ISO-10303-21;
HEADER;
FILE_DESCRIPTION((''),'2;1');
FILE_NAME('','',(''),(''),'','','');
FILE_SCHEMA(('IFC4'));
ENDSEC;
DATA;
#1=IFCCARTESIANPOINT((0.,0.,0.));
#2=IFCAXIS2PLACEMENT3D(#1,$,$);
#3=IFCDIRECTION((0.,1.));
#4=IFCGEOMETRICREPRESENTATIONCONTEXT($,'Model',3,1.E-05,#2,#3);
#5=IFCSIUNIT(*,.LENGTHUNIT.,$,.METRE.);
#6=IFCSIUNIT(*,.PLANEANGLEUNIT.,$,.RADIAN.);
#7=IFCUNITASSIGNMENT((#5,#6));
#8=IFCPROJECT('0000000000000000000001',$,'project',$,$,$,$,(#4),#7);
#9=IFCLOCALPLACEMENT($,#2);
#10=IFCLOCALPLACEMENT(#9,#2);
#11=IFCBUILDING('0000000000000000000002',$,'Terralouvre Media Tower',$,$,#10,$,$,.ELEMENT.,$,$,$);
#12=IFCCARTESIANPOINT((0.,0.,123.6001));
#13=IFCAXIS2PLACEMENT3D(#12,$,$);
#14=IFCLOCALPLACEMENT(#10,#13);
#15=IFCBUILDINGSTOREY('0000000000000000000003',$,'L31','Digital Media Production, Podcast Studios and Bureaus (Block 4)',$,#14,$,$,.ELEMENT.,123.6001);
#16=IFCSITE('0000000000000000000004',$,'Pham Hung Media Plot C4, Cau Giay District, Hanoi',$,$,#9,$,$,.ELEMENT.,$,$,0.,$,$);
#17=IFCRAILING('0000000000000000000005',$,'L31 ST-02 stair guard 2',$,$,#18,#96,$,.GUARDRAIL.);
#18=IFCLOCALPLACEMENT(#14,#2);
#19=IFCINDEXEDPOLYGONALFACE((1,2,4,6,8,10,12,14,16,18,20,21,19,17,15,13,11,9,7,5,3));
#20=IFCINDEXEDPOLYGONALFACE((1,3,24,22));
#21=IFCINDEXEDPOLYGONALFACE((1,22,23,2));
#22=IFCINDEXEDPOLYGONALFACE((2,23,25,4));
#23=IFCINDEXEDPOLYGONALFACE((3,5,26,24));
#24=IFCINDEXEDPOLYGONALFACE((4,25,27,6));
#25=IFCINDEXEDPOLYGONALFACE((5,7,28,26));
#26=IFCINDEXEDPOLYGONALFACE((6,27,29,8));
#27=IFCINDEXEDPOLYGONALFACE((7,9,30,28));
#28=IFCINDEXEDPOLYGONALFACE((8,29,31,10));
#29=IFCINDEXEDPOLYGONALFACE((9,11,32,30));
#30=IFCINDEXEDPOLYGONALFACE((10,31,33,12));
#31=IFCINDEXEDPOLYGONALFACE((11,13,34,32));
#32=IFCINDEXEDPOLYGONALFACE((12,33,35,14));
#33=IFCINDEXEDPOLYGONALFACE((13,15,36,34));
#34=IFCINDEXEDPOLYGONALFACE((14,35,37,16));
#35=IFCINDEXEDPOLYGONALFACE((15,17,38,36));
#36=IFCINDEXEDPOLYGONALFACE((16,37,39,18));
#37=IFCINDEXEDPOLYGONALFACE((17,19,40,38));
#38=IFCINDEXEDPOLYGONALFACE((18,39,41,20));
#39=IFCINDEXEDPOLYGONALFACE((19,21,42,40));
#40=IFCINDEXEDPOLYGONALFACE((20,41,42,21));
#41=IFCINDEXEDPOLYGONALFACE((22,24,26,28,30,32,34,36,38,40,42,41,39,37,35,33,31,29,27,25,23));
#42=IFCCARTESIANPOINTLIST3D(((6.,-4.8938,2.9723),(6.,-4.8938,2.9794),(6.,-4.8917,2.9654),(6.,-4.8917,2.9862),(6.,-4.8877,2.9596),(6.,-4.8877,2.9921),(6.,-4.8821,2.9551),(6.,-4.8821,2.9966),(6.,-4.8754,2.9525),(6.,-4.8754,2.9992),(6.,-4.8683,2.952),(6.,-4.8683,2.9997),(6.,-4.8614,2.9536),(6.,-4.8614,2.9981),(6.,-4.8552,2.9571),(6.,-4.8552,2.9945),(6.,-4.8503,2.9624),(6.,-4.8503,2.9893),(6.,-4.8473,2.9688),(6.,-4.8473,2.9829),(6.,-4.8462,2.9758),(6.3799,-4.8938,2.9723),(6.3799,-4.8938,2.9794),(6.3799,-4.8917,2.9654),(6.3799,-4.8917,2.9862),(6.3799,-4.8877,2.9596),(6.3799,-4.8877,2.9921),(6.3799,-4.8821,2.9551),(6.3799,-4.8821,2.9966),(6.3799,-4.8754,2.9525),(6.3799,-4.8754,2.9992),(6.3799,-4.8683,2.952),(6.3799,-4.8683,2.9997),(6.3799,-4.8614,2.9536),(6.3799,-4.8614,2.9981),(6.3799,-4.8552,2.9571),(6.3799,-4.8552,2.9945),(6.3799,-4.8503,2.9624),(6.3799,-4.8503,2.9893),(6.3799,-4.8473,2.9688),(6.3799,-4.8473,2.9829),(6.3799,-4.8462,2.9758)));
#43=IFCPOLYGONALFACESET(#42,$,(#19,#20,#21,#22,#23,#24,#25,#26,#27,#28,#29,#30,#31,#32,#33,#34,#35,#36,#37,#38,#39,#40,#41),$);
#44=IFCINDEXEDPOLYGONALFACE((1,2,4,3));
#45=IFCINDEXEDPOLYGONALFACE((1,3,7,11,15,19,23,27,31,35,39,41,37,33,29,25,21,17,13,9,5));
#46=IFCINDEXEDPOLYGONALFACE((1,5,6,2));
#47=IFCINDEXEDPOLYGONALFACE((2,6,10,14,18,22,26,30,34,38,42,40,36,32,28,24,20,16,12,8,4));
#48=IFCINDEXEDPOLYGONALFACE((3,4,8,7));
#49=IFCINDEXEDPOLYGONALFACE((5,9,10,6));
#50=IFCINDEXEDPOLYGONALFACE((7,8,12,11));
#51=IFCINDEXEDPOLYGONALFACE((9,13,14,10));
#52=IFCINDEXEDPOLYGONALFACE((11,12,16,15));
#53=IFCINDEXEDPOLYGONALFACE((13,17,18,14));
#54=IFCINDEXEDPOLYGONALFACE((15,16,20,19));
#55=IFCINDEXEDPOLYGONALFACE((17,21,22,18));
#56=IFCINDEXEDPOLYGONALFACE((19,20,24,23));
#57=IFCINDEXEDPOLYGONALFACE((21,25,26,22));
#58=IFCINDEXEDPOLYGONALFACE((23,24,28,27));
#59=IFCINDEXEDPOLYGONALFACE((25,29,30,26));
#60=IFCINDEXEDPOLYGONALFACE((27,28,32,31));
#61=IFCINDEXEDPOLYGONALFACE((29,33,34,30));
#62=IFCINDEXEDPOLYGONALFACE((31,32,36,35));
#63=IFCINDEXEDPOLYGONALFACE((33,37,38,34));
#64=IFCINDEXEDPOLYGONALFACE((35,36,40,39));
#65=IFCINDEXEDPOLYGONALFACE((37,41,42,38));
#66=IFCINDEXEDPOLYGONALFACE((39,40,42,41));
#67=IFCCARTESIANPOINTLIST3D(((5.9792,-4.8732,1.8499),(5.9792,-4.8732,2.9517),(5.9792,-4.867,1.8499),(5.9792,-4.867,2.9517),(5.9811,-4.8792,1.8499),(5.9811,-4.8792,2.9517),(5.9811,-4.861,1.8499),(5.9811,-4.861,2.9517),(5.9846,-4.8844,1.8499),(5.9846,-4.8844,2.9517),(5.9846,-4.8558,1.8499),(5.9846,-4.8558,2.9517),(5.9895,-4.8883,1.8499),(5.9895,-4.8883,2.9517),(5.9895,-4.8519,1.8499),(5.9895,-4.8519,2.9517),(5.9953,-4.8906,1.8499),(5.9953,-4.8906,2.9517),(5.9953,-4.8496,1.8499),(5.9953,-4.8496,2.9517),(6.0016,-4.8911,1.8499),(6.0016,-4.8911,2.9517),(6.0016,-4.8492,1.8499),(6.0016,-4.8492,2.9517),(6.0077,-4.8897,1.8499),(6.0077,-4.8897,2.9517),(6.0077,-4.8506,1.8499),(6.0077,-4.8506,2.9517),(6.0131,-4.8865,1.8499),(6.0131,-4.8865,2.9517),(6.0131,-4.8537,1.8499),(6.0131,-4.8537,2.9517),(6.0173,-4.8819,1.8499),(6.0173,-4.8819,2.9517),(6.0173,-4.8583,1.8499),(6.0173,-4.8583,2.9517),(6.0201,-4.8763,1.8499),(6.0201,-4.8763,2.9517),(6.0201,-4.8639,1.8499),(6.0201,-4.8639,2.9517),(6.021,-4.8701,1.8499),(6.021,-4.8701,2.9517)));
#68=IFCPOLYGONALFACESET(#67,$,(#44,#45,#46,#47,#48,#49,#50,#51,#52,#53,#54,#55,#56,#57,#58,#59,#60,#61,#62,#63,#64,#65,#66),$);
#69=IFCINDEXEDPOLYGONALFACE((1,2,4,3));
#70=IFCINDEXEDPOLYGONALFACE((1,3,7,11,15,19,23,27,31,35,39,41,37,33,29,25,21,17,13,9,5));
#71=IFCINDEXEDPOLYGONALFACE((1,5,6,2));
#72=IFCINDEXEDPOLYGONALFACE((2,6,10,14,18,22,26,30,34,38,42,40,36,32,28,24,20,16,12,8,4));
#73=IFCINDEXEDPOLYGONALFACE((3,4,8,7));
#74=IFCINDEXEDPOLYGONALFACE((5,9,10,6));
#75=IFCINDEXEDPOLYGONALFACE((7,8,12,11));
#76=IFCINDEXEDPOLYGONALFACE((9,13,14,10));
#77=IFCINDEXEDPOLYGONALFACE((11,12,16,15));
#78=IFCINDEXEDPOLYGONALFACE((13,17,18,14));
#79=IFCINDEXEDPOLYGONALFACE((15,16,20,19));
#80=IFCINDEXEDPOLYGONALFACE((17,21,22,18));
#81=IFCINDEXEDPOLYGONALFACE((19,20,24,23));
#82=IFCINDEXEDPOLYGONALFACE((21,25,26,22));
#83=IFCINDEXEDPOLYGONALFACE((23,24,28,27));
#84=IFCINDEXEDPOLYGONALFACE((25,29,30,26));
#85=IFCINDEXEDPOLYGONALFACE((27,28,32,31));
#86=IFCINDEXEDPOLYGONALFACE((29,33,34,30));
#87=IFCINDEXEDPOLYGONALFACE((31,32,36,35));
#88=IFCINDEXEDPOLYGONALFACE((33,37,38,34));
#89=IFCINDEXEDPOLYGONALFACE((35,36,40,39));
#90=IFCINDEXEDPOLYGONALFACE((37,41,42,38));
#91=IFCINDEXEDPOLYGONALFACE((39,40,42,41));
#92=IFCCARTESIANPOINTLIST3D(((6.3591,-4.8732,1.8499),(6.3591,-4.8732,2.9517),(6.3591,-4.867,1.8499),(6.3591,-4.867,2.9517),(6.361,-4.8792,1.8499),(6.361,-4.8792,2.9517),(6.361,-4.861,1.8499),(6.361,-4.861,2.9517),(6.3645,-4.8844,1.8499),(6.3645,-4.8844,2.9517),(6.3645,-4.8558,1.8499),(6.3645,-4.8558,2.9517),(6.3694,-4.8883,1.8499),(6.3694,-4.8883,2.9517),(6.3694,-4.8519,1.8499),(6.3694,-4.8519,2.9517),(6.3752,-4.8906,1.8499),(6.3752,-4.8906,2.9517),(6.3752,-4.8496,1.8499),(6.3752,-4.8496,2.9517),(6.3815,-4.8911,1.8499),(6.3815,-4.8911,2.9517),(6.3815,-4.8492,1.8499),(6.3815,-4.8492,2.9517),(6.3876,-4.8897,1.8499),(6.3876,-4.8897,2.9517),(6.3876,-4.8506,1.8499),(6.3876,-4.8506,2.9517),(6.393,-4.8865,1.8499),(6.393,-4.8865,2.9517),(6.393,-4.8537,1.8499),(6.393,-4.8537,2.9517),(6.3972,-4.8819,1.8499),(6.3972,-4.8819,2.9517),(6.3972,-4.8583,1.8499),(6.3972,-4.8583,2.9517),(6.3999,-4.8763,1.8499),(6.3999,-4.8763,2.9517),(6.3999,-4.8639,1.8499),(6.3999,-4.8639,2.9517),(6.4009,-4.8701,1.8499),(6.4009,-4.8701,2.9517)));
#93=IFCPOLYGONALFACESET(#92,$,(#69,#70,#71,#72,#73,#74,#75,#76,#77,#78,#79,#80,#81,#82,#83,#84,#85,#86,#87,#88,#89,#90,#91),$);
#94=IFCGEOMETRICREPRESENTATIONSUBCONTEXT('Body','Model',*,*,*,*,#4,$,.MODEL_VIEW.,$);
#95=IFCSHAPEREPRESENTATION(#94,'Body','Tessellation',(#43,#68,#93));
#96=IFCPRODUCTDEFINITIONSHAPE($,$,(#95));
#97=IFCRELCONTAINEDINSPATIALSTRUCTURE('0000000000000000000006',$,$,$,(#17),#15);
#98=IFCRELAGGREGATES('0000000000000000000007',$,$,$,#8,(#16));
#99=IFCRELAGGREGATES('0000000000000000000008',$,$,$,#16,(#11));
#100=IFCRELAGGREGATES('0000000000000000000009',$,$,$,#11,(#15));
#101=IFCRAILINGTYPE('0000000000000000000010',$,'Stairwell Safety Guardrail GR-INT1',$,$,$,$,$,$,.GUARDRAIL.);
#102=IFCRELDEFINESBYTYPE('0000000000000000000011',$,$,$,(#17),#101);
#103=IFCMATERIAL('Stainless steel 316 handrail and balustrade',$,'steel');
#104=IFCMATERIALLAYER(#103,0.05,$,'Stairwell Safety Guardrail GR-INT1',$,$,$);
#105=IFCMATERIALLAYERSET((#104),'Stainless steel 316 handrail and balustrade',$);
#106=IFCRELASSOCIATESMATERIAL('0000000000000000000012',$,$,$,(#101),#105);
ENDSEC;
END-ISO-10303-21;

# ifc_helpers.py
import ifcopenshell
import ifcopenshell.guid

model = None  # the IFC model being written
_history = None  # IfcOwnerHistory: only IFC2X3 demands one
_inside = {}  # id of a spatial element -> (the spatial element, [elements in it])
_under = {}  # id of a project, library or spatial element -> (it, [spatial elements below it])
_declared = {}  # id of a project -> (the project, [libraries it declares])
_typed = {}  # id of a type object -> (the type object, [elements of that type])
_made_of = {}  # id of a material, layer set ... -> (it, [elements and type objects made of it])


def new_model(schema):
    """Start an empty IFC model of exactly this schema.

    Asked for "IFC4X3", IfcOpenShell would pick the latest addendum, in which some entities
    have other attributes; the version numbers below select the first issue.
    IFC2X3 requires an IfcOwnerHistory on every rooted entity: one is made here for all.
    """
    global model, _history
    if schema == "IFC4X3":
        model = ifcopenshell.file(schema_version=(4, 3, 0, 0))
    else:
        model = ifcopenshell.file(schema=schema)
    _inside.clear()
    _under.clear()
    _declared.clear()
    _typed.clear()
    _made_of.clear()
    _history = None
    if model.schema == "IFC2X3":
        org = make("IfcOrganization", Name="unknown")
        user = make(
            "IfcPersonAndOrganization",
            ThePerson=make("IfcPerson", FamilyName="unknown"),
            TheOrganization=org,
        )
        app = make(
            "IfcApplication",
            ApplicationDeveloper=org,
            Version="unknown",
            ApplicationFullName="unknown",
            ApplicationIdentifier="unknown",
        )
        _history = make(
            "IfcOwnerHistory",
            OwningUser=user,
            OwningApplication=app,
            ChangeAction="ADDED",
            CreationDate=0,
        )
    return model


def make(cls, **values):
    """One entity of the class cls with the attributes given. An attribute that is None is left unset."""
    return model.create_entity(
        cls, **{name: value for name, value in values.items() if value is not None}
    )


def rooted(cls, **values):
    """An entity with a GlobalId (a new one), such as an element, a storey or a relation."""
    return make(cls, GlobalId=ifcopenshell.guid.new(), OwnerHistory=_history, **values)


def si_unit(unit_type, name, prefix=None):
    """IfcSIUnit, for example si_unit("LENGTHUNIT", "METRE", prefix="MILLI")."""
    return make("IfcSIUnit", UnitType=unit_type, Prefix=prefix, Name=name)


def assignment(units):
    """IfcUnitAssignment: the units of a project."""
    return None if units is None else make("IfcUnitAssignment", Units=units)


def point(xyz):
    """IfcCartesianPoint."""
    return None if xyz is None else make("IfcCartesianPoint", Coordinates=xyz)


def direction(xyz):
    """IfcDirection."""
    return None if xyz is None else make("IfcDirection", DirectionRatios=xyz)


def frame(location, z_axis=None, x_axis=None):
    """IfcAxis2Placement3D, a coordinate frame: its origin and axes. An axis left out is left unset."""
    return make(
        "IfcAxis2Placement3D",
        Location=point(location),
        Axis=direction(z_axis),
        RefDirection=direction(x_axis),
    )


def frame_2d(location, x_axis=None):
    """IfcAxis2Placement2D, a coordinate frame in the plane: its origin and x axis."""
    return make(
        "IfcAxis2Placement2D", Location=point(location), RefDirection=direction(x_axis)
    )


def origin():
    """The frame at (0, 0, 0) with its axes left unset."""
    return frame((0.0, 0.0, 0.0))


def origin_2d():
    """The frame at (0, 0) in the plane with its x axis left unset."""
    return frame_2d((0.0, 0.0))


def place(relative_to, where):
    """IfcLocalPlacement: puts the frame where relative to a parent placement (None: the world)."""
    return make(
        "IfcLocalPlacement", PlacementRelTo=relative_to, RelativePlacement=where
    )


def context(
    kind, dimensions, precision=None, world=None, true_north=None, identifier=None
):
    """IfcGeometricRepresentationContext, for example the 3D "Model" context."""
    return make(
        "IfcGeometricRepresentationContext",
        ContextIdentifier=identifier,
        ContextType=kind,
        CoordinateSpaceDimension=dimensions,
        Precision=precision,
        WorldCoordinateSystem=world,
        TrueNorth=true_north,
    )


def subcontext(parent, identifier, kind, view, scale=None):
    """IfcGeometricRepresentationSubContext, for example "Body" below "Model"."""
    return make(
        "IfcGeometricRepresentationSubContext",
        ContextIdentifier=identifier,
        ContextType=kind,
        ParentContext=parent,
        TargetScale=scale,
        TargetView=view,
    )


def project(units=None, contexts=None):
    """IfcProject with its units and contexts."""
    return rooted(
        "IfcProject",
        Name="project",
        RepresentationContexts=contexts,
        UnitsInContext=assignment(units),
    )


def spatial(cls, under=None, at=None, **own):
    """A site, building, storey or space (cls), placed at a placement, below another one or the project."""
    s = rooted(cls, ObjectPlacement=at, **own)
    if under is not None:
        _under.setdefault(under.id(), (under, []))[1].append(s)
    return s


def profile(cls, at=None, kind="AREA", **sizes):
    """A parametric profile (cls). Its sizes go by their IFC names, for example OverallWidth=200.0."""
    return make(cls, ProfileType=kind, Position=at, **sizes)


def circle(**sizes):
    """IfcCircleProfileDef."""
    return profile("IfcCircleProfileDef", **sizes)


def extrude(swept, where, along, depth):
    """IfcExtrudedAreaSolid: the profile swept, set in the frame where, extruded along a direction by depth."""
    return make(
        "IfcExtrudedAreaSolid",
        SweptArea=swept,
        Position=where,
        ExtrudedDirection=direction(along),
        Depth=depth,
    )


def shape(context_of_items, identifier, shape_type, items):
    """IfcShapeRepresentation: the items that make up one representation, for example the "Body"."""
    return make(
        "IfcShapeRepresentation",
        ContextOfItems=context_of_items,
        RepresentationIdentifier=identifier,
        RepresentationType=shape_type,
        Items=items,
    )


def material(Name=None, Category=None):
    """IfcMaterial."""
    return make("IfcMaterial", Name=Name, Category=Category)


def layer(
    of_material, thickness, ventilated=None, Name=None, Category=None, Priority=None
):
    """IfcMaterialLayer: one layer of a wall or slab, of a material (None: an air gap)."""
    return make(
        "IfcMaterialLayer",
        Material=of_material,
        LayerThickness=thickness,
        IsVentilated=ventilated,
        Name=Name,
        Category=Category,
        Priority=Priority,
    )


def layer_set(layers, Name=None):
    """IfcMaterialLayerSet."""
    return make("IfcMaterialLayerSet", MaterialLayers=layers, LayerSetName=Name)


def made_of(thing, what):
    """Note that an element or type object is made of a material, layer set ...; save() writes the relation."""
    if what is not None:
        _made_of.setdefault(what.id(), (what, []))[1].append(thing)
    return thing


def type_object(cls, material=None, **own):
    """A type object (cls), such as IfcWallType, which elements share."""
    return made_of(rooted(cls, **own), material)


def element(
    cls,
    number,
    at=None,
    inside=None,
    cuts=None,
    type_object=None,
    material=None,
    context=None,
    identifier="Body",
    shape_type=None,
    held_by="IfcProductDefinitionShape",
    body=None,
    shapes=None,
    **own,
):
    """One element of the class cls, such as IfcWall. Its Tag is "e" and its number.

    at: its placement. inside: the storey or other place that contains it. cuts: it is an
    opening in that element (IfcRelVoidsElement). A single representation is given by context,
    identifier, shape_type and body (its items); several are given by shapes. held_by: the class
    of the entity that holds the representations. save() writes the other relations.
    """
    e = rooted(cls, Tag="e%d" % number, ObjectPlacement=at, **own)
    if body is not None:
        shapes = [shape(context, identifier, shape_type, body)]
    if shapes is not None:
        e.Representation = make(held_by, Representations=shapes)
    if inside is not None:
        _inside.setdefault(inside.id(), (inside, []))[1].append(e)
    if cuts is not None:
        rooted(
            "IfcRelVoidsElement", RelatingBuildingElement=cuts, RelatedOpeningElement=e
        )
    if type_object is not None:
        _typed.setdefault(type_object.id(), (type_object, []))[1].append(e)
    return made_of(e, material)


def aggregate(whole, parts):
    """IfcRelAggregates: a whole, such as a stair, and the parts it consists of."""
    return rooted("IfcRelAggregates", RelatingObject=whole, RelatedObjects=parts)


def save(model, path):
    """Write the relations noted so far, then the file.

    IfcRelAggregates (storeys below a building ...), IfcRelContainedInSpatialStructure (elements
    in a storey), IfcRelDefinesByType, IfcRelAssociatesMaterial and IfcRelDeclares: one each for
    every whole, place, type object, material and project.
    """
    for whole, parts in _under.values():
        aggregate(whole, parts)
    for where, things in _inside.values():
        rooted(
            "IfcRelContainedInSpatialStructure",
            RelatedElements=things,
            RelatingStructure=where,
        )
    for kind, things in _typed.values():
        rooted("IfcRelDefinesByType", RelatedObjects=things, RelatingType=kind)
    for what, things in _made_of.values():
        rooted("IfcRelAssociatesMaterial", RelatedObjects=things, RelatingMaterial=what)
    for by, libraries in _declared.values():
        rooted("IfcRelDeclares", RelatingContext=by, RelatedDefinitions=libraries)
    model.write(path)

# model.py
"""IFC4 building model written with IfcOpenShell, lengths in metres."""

from ifc_helpers import new_model, si_unit, direction, frame, origin, origin_2d, place, context, subcontext, project, spatial, circle, extrude, material, layer, layer_set, type_object, element, save


model = new_model("IFC4")

# Units and contexts
model_context = context("Model", 3, precision=1e-05, world=origin(), true_north=direction((0.0, 1.0)))
body_context = subcontext(model_context, "Body", "Model", "MODEL_VIEW")
ifc_project = project(units=[si_unit("LENGTHUNIT", "METRE"), si_unit("PLANEANGLEUNIT", "RADIAN")], contexts=[model_context])

# Site, building, storey
site_placement = place(None, origin())
site = spatial("IfcSite", under=ifc_project, at=site_placement, Name="Pham Hung Media Plot C4, Cau Giay District, Hanoi", CompositionType="ELEMENT", RefElevation=0.0)
building_placement = place(site_placement, origin())
building = spatial("IfcBuilding", under=site, at=building_placement, Name="Terralouvre Media Tower", CompositionType="ELEMENT")
storey_placement = place(building_placement, frame((0.0, 0.0, 123.6001)))
storey = spatial("IfcBuildingStorey", under=building, at=storey_placement, Name="L31", Description="Digital Media Production, Podcast Studios and Bureaus (Block 4)", CompositionType="ELEMENT", Elevation=123.6001)

# Railing
ifc_material_1 = material(Name="Stainless steel 316 handrail and balustrade", Category="steel")
ifc_layer_1 = layer(ifc_material_1, 0.05, Name="Stairwell Safety Guardrail GR-INT1")
ifc_layer_set_1 = layer_set([ifc_layer_1], Name="Stainless steel 316 handrail and balustrade")
railing_type_1 = type_object("IfcRailingType", Name="Stairwell Safety Guardrail GR-INT1", PredefinedType="GUARDRAIL", material=ifc_layer_set_1)
railing_1_placement = place(storey_placement, frame((6.0, -4.8701, 1.8499)))
element("IfcRailing", 1, at=railing_1_placement, inside=storey, type_object=railing_type_1, Name="L31 ST-02 stair guard 2", PredefinedType="GUARDRAIL", context=body_context, shape_type="SweptSolid", body=[
    extrude(circle(Radius=0.0239, at=origin_2d()), frame((0.0, 0.0, 1.126), z_axis=(1.0, 0.0, 0.0), x_axis=(0.0, 1.0, 0.0)), (0.0, 0.0, 1.0), 0.3799),
    extrude(circle(Radius=0.021, at=origin_2d()), origin(), (0.0, 0.0, 1.0), 1.1018),
    extrude(circle(Radius=0.021, at=origin_2d()), frame((0.3799, 0.0, 0.0)), (0.0, 0.0, 1.0), 1.1018),
])

save(model, "model.ifc")
